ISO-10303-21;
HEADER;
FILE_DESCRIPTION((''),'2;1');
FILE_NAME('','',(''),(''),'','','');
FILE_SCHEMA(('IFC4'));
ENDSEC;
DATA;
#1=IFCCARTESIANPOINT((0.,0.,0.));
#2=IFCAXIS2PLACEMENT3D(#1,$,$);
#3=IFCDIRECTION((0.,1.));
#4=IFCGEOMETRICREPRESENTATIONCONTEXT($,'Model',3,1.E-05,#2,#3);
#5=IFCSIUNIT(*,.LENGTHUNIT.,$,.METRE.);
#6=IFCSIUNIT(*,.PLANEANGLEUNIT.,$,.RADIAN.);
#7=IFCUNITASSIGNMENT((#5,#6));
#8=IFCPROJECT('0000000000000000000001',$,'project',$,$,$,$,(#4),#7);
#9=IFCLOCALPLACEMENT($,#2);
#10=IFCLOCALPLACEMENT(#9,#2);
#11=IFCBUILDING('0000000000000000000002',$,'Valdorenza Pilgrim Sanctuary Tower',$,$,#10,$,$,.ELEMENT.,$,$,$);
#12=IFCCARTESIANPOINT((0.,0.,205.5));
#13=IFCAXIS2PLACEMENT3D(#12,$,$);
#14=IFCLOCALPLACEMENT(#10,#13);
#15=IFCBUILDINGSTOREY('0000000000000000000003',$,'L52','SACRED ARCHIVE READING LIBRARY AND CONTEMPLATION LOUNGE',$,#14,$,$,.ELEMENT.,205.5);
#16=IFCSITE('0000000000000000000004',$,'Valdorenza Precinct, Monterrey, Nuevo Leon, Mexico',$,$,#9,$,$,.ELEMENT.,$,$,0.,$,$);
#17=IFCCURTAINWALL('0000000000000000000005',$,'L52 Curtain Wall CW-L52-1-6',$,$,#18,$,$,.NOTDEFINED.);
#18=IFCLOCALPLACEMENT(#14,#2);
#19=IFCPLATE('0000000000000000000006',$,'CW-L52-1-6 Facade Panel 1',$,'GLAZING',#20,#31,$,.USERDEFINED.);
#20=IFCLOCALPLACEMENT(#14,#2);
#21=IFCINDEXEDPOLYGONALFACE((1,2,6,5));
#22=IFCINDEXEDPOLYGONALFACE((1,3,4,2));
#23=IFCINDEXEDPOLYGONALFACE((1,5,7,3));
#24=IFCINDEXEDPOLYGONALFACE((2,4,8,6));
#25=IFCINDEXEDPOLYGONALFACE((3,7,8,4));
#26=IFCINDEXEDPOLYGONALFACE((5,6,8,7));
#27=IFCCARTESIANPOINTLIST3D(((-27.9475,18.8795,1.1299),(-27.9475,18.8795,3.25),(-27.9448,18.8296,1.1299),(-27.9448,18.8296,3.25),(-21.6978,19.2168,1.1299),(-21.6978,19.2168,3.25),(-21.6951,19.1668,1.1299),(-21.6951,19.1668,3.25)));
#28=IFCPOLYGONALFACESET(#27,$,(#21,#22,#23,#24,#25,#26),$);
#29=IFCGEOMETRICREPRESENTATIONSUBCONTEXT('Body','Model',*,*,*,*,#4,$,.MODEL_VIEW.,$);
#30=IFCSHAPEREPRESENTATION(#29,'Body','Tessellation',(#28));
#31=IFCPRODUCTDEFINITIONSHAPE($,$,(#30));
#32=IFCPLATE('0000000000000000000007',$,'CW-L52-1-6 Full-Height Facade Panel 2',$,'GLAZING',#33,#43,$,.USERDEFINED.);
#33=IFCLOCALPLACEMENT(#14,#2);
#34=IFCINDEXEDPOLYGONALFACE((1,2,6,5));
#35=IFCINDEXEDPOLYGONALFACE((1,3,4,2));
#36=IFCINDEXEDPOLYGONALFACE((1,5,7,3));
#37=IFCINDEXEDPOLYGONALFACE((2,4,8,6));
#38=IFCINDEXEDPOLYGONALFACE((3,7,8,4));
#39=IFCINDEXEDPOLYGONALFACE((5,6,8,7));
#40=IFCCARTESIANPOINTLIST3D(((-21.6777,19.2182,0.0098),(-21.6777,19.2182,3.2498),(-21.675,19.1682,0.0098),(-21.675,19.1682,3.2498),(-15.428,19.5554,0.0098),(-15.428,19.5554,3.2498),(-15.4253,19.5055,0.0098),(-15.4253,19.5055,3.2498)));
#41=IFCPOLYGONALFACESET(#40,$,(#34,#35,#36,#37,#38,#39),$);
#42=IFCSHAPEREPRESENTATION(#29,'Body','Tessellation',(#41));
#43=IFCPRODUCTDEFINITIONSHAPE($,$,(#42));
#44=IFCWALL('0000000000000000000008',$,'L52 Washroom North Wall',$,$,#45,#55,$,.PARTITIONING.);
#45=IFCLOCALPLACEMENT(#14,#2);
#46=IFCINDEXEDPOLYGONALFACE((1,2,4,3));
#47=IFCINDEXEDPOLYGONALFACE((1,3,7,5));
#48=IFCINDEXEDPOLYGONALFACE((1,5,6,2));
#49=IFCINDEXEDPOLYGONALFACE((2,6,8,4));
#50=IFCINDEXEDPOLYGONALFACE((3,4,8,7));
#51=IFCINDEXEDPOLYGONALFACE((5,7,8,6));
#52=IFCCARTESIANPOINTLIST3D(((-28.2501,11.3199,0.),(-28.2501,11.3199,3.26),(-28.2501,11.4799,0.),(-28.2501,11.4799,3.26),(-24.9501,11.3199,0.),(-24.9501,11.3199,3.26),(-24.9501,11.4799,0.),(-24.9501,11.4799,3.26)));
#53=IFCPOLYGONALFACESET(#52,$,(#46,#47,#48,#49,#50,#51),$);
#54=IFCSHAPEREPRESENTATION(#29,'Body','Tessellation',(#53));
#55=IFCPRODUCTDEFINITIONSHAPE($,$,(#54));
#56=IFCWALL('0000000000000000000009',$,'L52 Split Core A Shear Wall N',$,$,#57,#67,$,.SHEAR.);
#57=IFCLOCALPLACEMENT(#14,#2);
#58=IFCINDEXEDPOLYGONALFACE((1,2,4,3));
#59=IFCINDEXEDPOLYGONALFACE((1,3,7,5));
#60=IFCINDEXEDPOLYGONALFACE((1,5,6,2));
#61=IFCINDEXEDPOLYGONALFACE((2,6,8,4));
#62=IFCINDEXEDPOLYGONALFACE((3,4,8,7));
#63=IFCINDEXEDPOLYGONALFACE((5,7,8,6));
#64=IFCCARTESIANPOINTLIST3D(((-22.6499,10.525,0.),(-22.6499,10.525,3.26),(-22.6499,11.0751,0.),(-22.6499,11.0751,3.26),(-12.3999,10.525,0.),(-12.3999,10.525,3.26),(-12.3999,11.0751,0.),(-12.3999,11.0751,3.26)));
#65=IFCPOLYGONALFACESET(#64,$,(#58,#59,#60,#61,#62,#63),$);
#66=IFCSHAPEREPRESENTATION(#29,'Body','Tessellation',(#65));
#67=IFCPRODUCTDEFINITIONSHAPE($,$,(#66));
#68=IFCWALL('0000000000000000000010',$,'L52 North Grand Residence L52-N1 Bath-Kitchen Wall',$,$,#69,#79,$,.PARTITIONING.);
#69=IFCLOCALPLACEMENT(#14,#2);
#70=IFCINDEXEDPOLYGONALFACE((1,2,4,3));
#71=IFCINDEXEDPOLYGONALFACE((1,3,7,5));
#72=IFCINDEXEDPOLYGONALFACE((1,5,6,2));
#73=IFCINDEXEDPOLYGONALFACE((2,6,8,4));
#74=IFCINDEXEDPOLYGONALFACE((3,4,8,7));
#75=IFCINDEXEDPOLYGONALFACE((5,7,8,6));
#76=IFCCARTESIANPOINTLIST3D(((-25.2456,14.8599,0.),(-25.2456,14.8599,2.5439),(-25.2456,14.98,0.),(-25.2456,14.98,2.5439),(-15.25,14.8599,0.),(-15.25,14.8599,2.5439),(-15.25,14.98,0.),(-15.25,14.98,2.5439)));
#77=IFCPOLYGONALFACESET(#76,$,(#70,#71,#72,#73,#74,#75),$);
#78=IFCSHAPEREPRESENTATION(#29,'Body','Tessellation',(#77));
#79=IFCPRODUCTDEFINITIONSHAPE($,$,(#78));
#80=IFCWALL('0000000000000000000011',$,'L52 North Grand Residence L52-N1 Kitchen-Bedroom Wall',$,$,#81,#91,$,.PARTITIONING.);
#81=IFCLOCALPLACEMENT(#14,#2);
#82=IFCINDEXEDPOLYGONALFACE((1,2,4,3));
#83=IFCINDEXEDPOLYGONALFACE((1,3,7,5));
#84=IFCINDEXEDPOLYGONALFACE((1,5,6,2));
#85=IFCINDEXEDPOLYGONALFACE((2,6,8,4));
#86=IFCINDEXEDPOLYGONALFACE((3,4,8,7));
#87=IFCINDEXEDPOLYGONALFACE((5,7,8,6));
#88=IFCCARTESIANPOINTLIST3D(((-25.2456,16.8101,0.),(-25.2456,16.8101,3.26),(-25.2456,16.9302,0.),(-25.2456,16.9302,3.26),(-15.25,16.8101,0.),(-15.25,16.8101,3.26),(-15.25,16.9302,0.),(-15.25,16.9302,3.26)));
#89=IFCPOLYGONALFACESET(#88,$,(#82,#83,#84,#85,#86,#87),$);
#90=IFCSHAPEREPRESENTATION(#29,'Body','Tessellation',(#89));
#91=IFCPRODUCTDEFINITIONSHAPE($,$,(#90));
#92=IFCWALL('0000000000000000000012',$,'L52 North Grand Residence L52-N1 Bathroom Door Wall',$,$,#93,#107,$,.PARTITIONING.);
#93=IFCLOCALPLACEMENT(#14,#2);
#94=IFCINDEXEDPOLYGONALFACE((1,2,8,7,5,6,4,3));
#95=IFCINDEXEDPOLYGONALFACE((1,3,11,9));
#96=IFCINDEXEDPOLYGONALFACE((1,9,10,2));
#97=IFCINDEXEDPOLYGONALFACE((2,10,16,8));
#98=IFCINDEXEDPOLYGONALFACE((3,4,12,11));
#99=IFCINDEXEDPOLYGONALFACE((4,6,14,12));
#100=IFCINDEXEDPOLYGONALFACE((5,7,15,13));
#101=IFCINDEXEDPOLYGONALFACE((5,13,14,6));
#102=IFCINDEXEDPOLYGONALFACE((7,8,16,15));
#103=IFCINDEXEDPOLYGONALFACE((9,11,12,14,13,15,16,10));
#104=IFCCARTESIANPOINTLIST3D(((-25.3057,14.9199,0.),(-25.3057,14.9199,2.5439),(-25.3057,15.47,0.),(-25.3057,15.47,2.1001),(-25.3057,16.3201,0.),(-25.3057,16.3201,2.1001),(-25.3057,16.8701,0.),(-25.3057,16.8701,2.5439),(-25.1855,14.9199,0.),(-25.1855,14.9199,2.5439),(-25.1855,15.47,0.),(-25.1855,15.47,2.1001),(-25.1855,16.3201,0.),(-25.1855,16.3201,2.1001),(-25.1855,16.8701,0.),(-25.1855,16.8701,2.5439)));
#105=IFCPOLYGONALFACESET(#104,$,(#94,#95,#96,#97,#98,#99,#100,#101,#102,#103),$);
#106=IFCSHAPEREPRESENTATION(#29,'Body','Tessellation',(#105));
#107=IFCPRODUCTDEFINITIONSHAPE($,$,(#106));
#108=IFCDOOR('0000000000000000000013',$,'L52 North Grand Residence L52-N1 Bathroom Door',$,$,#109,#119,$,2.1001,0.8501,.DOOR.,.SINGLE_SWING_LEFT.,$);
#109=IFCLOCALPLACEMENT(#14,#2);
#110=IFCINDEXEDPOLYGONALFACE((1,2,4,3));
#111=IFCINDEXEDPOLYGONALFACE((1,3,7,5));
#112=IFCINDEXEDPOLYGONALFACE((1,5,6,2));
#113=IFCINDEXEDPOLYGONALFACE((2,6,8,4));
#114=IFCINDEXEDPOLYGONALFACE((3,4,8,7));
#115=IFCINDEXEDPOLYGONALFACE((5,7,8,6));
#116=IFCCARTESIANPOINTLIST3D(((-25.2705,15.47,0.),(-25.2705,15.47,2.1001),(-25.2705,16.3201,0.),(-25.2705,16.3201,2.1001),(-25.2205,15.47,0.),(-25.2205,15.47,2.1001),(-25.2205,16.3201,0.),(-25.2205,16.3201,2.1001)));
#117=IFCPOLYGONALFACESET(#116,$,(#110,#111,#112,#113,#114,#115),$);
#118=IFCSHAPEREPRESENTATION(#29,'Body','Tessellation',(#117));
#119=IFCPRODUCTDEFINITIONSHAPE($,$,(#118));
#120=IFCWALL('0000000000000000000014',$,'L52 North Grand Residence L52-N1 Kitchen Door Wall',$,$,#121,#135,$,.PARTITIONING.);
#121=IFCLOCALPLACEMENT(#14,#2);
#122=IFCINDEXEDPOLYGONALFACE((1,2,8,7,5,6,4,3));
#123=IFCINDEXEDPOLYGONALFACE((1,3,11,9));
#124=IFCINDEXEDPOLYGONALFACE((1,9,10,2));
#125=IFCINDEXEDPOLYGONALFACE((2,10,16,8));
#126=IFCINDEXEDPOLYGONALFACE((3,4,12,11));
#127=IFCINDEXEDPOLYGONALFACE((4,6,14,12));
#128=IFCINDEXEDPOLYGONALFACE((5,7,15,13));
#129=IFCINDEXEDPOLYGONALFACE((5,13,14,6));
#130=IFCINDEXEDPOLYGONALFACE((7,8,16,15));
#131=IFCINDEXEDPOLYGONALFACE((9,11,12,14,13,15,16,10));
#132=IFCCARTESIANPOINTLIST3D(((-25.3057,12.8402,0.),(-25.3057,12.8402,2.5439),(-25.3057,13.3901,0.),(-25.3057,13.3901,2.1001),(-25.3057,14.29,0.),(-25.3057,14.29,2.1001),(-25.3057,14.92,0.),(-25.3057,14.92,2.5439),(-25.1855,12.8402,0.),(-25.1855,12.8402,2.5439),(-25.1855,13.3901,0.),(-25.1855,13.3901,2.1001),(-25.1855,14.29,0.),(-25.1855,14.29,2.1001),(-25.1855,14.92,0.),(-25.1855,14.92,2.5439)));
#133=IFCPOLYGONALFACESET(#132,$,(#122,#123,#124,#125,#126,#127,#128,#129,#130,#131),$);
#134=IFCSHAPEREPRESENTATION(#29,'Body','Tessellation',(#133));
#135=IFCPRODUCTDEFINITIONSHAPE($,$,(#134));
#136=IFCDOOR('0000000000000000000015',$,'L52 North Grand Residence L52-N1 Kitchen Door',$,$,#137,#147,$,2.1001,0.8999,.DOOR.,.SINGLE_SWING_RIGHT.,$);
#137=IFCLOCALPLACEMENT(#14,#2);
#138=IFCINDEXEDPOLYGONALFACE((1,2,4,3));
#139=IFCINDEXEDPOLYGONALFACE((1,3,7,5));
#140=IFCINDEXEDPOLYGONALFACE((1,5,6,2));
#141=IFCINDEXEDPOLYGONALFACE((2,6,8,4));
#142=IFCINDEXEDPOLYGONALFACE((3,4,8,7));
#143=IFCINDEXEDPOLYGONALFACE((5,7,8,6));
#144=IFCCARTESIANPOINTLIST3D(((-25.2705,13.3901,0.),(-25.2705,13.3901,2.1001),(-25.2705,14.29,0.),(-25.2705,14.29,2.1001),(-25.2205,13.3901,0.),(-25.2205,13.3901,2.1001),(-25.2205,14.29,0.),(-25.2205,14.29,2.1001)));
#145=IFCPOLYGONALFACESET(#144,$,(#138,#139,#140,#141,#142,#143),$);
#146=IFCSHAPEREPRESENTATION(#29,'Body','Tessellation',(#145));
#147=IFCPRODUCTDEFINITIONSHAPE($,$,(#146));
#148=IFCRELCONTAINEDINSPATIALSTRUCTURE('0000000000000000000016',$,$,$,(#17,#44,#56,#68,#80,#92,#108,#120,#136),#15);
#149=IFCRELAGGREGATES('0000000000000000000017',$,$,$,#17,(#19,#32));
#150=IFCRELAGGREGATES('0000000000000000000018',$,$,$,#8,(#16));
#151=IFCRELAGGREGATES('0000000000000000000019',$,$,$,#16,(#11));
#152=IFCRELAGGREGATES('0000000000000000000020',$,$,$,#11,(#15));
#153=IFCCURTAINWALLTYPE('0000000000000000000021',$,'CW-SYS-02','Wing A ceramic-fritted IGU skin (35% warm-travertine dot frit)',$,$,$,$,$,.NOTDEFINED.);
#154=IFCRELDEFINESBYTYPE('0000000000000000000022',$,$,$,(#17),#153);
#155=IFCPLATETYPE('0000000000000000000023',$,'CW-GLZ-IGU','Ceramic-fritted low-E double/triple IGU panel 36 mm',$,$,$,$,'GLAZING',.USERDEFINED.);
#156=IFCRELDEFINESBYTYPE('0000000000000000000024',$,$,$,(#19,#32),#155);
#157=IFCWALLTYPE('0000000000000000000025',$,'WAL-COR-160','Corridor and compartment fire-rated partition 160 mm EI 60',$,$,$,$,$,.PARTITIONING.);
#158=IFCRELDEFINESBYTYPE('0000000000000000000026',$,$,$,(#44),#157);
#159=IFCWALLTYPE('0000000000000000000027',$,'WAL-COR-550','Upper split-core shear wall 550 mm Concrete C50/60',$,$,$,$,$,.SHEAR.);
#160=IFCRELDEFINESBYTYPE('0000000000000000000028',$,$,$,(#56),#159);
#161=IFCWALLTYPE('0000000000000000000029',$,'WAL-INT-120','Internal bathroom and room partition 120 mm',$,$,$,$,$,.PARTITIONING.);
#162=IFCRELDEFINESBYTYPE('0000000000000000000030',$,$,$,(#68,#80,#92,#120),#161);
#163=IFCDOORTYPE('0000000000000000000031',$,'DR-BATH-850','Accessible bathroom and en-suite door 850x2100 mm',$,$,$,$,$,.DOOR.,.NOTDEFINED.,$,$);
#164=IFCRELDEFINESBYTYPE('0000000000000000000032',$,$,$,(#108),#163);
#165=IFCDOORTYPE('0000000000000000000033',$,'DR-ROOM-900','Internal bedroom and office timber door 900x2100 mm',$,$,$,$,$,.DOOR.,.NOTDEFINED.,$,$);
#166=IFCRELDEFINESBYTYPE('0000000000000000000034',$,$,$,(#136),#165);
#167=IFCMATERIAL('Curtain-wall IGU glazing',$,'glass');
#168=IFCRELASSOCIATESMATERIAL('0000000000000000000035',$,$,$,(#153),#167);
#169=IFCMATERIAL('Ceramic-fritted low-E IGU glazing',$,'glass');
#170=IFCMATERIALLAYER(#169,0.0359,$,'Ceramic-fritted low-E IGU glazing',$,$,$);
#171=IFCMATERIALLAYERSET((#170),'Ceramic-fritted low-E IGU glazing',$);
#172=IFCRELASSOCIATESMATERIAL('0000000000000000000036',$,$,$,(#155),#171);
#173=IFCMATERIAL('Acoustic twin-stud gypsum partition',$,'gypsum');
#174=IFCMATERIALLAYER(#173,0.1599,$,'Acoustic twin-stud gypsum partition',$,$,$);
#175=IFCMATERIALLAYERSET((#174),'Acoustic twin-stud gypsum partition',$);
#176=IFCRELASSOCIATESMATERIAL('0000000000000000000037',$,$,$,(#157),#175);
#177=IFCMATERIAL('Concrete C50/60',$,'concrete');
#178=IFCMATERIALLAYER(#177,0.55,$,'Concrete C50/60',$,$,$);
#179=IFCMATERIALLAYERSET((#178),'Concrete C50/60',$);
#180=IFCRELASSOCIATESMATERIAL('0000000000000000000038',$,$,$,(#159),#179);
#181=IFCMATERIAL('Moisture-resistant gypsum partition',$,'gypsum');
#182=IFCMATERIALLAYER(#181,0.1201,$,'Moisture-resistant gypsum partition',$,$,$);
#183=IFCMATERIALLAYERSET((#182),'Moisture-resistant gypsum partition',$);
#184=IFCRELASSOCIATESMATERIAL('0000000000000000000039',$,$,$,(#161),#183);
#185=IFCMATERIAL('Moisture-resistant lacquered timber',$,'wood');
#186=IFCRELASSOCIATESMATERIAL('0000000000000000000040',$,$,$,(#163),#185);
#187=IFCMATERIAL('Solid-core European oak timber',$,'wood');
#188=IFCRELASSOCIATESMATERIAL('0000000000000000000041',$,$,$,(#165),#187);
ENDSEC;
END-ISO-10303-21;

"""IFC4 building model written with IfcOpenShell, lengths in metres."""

from ifc_helpers import new_model, si_unit, direction, frame, frame_2d, origin, origin_2d, place, context, subcontext, project, spatial, rectangle, extrude, source, transform, mapped, material, layer, layer_set, type_object, element, fill, aggregate, save


model = new_model("IFC4")

# Units and contexts
model_context = context("Model", 3, precision=1e-05, world=origin(), true_north=direction((0.0, 1.0)))
body_context = subcontext(model_context, "Body", "Model", "MODEL_VIEW")
ifc_project = project(units=[si_unit("LENGTHUNIT", "METRE"), si_unit("PLANEANGLEUNIT", "RADIAN")], contexts=[model_context])

# Site, building, storey
site_placement = place(None, origin())
site = spatial("IfcSite", under=ifc_project, at=site_placement, Name="Valdorenza Precinct, Monterrey, Nuevo Leon, Mexico", CompositionType="ELEMENT", RefElevation=0.0)
building_placement = place(site_placement, origin())
building = spatial("IfcBuilding", under=site, at=building_placement, Name="Valdorenza Pilgrim Sanctuary Tower", CompositionType="ELEMENT")
storey_placement = place(building_placement, frame((0.0, 0.0, 205.5)))
storey = spatial("IfcBuildingStorey", under=building, at=storey_placement, Name="L52", Description="SACRED ARCHIVE READING LIBRARY AND CONTEMPLATION LOUNGE", CompositionType="ELEMENT", Elevation=205.5)

# Shared definitions
ifc_material_1 = material(Name="Concrete C50/60", Category="concrete")

# Curtain wall, plates
ifc_material_2 = material(Name="Curtain-wall IGU glazing", Category="glass")
curtain_wall_type = type_object("IfcCurtainWallType", Name="CW-SYS-02", Description="Wing A ceramic-fritted IGU skin (35% warm-travertine dot frit)", PredefinedType="NOTDEFINED", material=ifc_material_2)
curtain_wall_placement = place(storey_placement, origin())
curtain_wall = element("IfcCurtainWall", 1, at=curtain_wall_placement, inside=storey, type_object=curtain_wall_type, Name="L52 Curtain Wall CW-L52-1-6", PredefinedType="NOTDEFINED")
ifc_material_3 = material(Name="Ceramic-fritted low-E IGU glazing", Category="glass")
ifc_layer_1 = layer(ifc_material_3, 0.0359, Name="Ceramic-fritted low-E IGU glazing")
ifc_layer_set_1 = layer_set([ifc_layer_1], Name="Ceramic-fritted low-E IGU glazing")
plate_type_1 = type_object("IfcPlateType", Name="CW-GLZ-IGU", Description="Ceramic-fritted low-E double/triple IGU panel 36 mm", ElementType="GLAZING", PredefinedType="USERDEFINED", material=ifc_layer_set_1)
shared_shape_1 = source(origin(), body_context, "Body", "SweptSolid", [
    extrude(rectangle(XDim=6.2588, YDim=0.05, at=origin_2d()), origin(), (0.0, 0.0, 1.0), 2.1201),
])
plate_1_placement = place(storey_placement, frame((-24.8213, 19.0232, 1.1299), z_axis=(0.0, 0.0, 1.0), x_axis=(0.998547, 0.053887, 0.0)))
plate_1 = element("IfcPlate", 2, at=plate_1_placement, type_object=plate_type_1, Name="CW-L52-1-6 Facade Panel 1", ObjectType="GLAZING", PredefinedType="USERDEFINED", context=body_context, shape_type="MappedRepresentation", body=[
    mapped(shared_shape_1, transform((0.0, 0.0, 0.0), x_axis=(1.0, 0.0, 0.0), y_axis=(0.0, 1.0, 0.0), z_axis=(0.0, 0.0, 1.0), scale=1.0)),
])
shared_shape_2 = source(origin(), body_context, "Body", "SweptSolid", [
    extrude(rectangle(XDim=6.2588, YDim=0.05, at=origin_2d()), origin(), (0.0, 0.0, 1.0), 3.24),
])
plate_2_placement = place(storey_placement, frame((-18.5515, 19.3618, 0.0098), z_axis=(0.0, 0.0, 1.0), x_axis=(0.998547, 0.053887, 0.0)))
plate_2 = element("IfcPlate", 3, at=plate_2_placement, type_object=plate_type_1, Name="CW-L52-1-6 Full-Height Facade Panel 2", ObjectType="GLAZING", PredefinedType="USERDEFINED", context=body_context, shape_type="MappedRepresentation", body=[
    mapped(shared_shape_2, transform((0.0, 0.0, 0.0), x_axis=(1.0, 0.0, 0.0), y_axis=(0.0, 1.0, 0.0), z_axis=(0.0, 0.0, 1.0), scale=1.0)),
])
aggregate(curtain_wall, [plate_1, plate_2])

# Walls
ifc_material_4 = material(Name="Acoustic twin-stud gypsum partition", Category="gypsum")
ifc_layer_2 = layer(ifc_material_4, 0.1599, Name="Acoustic twin-stud gypsum partition")
ifc_layer_set_2 = layer_set([ifc_layer_2], Name="Acoustic twin-stud gypsum partition")
wall_type_1 = type_object("IfcWallType", Name="WAL-COR-160", Description="Corridor and compartment fire-rated partition 160 mm EI 60", PredefinedType="PARTITIONING", material=ifc_layer_set_2)
wall_1_placement = place(storey_placement, frame((-28.25, 11.3999, 0.0), z_axis=(0.0, 0.0, 1.0), x_axis=(1.0, 0.0, 0.0)))
element("IfcWall", 4, at=wall_1_placement, inside=storey, type_object=wall_type_1, Name="L52 Washroom North Wall", PredefinedType="PARTITIONING", context=body_context, shape_type="SweptSolid", body=[
    extrude(rectangle(XDim=3.3, YDim=0.1599, at=frame_2d((1.6499, 0.0))), origin(), (0.0, 0.0, 1.0), 3.26),
])
ifc_layer_3 = layer(ifc_material_1, 0.55, Name="Concrete C50/60")
ifc_layer_set_3 = layer_set([ifc_layer_3], Name="Concrete C50/60")
wall_type_2 = type_object("IfcWallType", Name="WAL-COR-550", Description="Upper split-core shear wall 550 mm Concrete C50/60", PredefinedType="SHEAR", material=ifc_layer_set_3)
wall_2_placement = place(storey_placement, frame((-22.6499, 10.8, 0.0), z_axis=(0.0, 0.0, 1.0), x_axis=(1.0, 0.0, 0.0)))
element("IfcWall", 5, at=wall_2_placement, inside=storey, type_object=wall_type_2, Name="L52 Split Core A Shear Wall N", PredefinedType="SHEAR", context=body_context, shape_type="SweptSolid", body=[
    extrude(rectangle(XDim=10.25, YDim=0.55, at=frame_2d((5.125, 0.0))), origin(), (0.0, 0.0, 1.0), 3.26),
])
ifc_material_5 = material(Name="Moisture-resistant gypsum partition", Category="gypsum")
ifc_layer_4 = layer(ifc_material_5, 0.1201, Name="Moisture-resistant gypsum partition")
ifc_layer_set_4 = layer_set([ifc_layer_4], Name="Moisture-resistant gypsum partition")
wall_type_3 = type_object("IfcWallType", Name="WAL-INT-120", Description="Internal bathroom and room partition 120 mm", PredefinedType="PARTITIONING", material=ifc_layer_set_4)
wall_3_placement = place(storey_placement, frame((-25.2456, 14.9199, 0.0), z_axis=(0.0, 0.0, 1.0), x_axis=(1.0, 0.0, 0.0)))
element("IfcWall", 6, at=wall_3_placement, inside=storey, type_object=wall_type_3, Name="L52 North Grand Residence L52-N1 Bath-Kitchen Wall", PredefinedType="PARTITIONING", context=body_context, shape_type="SweptSolid", body=[
    extrude(rectangle(XDim=9.9956, YDim=0.1201, at=frame_2d((4.9978, 0.0))), origin(), (0.0, 0.0, 1.0), 2.5439),
])
wall_4_placement = place(storey_placement, frame((-25.2456, 16.8701, 0.0), z_axis=(0.0, 0.0, 1.0), x_axis=(1.0, 0.0, 0.0)))
element("IfcWall", 7, at=wall_4_placement, inside=storey, type_object=wall_type_3, Name="L52 North Grand Residence L52-N1 Kitchen-Bedroom Wall", PredefinedType="PARTITIONING", context=body_context, shape_type="SweptSolid", body=[
    extrude(rectangle(XDim=9.9956, YDim=0.1201, at=frame_2d((4.9978, 0.0))), origin(), (0.0, 0.0, 1.0), 3.26),
])

# Walls, openings, doors
wall_5_placement = place(storey_placement, frame((-25.2456, 14.9199, 0.0), z_axis=(0.0, 0.0, 1.0), x_axis=(0.0, 1.0, 0.0)))
wall_5 = element("IfcWall", 8, at=wall_5_placement, inside=storey, type_object=wall_type_3, Name="L52 North Grand Residence L52-N1 Bathroom Door Wall", PredefinedType="PARTITIONING", context=body_context, shape_type="SweptSolid", body=[
    extrude(rectangle(XDim=1.9502, YDim=0.1201, at=frame_2d((0.9751, 0.0))), origin(), (0.0, 0.0, 1.0), 2.5439),
])
opening_1_placement = place(wall_5_placement, frame((0.55, 0.0, 0.0)))
opening_1 = element("IfcOpeningElement", 9, at=opening_1_placement, cuts=wall_5, PredefinedType="OPENING", context=body_context, shape_type="SweptSolid", body=[
    extrude(rectangle(XDim=0.8501, YDim=2.1001, at=frame_2d((0.425, 1.05))), frame((0.0, 0.075, 0.0), z_axis=(0.0, -1.0, 0.0), x_axis=(1.0, 0.0, 0.0)), (0.0, 0.0, 1.0), 0.1499),
])
ifc_material_6 = material(Name="Moisture-resistant lacquered timber", Category="wood")
door_type_1 = type_object("IfcDoorType", Name="DR-BATH-850", Description="Accessible bathroom and en-suite door 850x2100 mm", OperationType="NOTDEFINED", PredefinedType="DOOR", material=ifc_material_6)
door_1_placement = place(opening_1_placement, origin())
door_1 = element("IfcDoor", 10, at=door_1_placement, inside=storey, type_object=door_type_1, Name="L52 North Grand Residence L52-N1 Bathroom Door", OperationType="SINGLE_SWING_LEFT", OverallHeight=2.1001, OverallWidth=0.8501, PredefinedType="DOOR", context=body_context, shape_type="SweptSolid", body=[
    extrude(rectangle(XDim=0.8501, YDim=2.1001, at=frame_2d((0.425, 1.05))), frame((0.0, 0.0249, 0.0), z_axis=(0.0, -1.0, 0.0), x_axis=(1.0, 0.0, 0.0)), (0.0, 0.0, 1.0), 0.05),
])
fill(opening_1, door_1)
wall_6_placement = place(storey_placement, frame((-25.2456, 12.8401, 0.0), z_axis=(0.0, 0.0, 1.0), x_axis=(0.0, 1.0, 0.0)))
wall_6 = element("IfcWall", 11, at=wall_6_placement, inside=storey, type_object=wall_type_3, Name="L52 North Grand Residence L52-N1 Kitchen Door Wall", PredefinedType="PARTITIONING", context=body_context, shape_type="SweptSolid", body=[
    extrude(rectangle(XDim=2.0798, YDim=0.1201, at=frame_2d((1.04, 0.0))), origin(), (0.0, 0.0, 1.0), 2.5439),
])
opening_2_placement = place(wall_6_placement, frame((0.55, 0.0, 0.0)))
opening_2 = element("IfcOpeningElement", 12, at=opening_2_placement, cuts=wall_6, PredefinedType="OPENING", context=body_context, shape_type="SweptSolid", body=[
    extrude(rectangle(XDim=0.8999, YDim=2.1001, at=frame_2d((0.45, 1.05))), frame((0.0, 0.075, 0.0), z_axis=(0.0, -1.0, 0.0), x_axis=(1.0, 0.0, 0.0)), (0.0, 0.0, 1.0), 0.1499),
])
ifc_material_7 = material(Name="Solid-core European oak timber", Category="wood")
door_type_2 = type_object("IfcDoorType", Name="DR-ROOM-900", Description="Internal bedroom and office timber door 900x2100 mm", OperationType="NOTDEFINED", PredefinedType="DOOR", material=ifc_material_7)
door_2_placement = place(opening_2_placement, origin())
door_2 = element("IfcDoor", 13, at=door_2_placement, inside=storey, type_object=door_type_2, Name="L52 North Grand Residence L52-N1 Kitchen Door", OperationType="SINGLE_SWING_RIGHT", OverallHeight=2.1001, OverallWidth=0.8999, PredefinedType="DOOR", context=body_context, shape_type="SweptSolid", body=[
    extrude(rectangle(XDim=0.8999, YDim=2.1001, at=frame_2d((0.45, 1.05))), frame((0.0, 0.0249, 0.0), z_axis=(0.0, -1.0, 0.0), x_axis=(1.0, 0.0, 0.0)), (0.0, 0.0, 1.0), 0.05),
])
fill(opening_2, door_2)

save(model, "model.ifc")
